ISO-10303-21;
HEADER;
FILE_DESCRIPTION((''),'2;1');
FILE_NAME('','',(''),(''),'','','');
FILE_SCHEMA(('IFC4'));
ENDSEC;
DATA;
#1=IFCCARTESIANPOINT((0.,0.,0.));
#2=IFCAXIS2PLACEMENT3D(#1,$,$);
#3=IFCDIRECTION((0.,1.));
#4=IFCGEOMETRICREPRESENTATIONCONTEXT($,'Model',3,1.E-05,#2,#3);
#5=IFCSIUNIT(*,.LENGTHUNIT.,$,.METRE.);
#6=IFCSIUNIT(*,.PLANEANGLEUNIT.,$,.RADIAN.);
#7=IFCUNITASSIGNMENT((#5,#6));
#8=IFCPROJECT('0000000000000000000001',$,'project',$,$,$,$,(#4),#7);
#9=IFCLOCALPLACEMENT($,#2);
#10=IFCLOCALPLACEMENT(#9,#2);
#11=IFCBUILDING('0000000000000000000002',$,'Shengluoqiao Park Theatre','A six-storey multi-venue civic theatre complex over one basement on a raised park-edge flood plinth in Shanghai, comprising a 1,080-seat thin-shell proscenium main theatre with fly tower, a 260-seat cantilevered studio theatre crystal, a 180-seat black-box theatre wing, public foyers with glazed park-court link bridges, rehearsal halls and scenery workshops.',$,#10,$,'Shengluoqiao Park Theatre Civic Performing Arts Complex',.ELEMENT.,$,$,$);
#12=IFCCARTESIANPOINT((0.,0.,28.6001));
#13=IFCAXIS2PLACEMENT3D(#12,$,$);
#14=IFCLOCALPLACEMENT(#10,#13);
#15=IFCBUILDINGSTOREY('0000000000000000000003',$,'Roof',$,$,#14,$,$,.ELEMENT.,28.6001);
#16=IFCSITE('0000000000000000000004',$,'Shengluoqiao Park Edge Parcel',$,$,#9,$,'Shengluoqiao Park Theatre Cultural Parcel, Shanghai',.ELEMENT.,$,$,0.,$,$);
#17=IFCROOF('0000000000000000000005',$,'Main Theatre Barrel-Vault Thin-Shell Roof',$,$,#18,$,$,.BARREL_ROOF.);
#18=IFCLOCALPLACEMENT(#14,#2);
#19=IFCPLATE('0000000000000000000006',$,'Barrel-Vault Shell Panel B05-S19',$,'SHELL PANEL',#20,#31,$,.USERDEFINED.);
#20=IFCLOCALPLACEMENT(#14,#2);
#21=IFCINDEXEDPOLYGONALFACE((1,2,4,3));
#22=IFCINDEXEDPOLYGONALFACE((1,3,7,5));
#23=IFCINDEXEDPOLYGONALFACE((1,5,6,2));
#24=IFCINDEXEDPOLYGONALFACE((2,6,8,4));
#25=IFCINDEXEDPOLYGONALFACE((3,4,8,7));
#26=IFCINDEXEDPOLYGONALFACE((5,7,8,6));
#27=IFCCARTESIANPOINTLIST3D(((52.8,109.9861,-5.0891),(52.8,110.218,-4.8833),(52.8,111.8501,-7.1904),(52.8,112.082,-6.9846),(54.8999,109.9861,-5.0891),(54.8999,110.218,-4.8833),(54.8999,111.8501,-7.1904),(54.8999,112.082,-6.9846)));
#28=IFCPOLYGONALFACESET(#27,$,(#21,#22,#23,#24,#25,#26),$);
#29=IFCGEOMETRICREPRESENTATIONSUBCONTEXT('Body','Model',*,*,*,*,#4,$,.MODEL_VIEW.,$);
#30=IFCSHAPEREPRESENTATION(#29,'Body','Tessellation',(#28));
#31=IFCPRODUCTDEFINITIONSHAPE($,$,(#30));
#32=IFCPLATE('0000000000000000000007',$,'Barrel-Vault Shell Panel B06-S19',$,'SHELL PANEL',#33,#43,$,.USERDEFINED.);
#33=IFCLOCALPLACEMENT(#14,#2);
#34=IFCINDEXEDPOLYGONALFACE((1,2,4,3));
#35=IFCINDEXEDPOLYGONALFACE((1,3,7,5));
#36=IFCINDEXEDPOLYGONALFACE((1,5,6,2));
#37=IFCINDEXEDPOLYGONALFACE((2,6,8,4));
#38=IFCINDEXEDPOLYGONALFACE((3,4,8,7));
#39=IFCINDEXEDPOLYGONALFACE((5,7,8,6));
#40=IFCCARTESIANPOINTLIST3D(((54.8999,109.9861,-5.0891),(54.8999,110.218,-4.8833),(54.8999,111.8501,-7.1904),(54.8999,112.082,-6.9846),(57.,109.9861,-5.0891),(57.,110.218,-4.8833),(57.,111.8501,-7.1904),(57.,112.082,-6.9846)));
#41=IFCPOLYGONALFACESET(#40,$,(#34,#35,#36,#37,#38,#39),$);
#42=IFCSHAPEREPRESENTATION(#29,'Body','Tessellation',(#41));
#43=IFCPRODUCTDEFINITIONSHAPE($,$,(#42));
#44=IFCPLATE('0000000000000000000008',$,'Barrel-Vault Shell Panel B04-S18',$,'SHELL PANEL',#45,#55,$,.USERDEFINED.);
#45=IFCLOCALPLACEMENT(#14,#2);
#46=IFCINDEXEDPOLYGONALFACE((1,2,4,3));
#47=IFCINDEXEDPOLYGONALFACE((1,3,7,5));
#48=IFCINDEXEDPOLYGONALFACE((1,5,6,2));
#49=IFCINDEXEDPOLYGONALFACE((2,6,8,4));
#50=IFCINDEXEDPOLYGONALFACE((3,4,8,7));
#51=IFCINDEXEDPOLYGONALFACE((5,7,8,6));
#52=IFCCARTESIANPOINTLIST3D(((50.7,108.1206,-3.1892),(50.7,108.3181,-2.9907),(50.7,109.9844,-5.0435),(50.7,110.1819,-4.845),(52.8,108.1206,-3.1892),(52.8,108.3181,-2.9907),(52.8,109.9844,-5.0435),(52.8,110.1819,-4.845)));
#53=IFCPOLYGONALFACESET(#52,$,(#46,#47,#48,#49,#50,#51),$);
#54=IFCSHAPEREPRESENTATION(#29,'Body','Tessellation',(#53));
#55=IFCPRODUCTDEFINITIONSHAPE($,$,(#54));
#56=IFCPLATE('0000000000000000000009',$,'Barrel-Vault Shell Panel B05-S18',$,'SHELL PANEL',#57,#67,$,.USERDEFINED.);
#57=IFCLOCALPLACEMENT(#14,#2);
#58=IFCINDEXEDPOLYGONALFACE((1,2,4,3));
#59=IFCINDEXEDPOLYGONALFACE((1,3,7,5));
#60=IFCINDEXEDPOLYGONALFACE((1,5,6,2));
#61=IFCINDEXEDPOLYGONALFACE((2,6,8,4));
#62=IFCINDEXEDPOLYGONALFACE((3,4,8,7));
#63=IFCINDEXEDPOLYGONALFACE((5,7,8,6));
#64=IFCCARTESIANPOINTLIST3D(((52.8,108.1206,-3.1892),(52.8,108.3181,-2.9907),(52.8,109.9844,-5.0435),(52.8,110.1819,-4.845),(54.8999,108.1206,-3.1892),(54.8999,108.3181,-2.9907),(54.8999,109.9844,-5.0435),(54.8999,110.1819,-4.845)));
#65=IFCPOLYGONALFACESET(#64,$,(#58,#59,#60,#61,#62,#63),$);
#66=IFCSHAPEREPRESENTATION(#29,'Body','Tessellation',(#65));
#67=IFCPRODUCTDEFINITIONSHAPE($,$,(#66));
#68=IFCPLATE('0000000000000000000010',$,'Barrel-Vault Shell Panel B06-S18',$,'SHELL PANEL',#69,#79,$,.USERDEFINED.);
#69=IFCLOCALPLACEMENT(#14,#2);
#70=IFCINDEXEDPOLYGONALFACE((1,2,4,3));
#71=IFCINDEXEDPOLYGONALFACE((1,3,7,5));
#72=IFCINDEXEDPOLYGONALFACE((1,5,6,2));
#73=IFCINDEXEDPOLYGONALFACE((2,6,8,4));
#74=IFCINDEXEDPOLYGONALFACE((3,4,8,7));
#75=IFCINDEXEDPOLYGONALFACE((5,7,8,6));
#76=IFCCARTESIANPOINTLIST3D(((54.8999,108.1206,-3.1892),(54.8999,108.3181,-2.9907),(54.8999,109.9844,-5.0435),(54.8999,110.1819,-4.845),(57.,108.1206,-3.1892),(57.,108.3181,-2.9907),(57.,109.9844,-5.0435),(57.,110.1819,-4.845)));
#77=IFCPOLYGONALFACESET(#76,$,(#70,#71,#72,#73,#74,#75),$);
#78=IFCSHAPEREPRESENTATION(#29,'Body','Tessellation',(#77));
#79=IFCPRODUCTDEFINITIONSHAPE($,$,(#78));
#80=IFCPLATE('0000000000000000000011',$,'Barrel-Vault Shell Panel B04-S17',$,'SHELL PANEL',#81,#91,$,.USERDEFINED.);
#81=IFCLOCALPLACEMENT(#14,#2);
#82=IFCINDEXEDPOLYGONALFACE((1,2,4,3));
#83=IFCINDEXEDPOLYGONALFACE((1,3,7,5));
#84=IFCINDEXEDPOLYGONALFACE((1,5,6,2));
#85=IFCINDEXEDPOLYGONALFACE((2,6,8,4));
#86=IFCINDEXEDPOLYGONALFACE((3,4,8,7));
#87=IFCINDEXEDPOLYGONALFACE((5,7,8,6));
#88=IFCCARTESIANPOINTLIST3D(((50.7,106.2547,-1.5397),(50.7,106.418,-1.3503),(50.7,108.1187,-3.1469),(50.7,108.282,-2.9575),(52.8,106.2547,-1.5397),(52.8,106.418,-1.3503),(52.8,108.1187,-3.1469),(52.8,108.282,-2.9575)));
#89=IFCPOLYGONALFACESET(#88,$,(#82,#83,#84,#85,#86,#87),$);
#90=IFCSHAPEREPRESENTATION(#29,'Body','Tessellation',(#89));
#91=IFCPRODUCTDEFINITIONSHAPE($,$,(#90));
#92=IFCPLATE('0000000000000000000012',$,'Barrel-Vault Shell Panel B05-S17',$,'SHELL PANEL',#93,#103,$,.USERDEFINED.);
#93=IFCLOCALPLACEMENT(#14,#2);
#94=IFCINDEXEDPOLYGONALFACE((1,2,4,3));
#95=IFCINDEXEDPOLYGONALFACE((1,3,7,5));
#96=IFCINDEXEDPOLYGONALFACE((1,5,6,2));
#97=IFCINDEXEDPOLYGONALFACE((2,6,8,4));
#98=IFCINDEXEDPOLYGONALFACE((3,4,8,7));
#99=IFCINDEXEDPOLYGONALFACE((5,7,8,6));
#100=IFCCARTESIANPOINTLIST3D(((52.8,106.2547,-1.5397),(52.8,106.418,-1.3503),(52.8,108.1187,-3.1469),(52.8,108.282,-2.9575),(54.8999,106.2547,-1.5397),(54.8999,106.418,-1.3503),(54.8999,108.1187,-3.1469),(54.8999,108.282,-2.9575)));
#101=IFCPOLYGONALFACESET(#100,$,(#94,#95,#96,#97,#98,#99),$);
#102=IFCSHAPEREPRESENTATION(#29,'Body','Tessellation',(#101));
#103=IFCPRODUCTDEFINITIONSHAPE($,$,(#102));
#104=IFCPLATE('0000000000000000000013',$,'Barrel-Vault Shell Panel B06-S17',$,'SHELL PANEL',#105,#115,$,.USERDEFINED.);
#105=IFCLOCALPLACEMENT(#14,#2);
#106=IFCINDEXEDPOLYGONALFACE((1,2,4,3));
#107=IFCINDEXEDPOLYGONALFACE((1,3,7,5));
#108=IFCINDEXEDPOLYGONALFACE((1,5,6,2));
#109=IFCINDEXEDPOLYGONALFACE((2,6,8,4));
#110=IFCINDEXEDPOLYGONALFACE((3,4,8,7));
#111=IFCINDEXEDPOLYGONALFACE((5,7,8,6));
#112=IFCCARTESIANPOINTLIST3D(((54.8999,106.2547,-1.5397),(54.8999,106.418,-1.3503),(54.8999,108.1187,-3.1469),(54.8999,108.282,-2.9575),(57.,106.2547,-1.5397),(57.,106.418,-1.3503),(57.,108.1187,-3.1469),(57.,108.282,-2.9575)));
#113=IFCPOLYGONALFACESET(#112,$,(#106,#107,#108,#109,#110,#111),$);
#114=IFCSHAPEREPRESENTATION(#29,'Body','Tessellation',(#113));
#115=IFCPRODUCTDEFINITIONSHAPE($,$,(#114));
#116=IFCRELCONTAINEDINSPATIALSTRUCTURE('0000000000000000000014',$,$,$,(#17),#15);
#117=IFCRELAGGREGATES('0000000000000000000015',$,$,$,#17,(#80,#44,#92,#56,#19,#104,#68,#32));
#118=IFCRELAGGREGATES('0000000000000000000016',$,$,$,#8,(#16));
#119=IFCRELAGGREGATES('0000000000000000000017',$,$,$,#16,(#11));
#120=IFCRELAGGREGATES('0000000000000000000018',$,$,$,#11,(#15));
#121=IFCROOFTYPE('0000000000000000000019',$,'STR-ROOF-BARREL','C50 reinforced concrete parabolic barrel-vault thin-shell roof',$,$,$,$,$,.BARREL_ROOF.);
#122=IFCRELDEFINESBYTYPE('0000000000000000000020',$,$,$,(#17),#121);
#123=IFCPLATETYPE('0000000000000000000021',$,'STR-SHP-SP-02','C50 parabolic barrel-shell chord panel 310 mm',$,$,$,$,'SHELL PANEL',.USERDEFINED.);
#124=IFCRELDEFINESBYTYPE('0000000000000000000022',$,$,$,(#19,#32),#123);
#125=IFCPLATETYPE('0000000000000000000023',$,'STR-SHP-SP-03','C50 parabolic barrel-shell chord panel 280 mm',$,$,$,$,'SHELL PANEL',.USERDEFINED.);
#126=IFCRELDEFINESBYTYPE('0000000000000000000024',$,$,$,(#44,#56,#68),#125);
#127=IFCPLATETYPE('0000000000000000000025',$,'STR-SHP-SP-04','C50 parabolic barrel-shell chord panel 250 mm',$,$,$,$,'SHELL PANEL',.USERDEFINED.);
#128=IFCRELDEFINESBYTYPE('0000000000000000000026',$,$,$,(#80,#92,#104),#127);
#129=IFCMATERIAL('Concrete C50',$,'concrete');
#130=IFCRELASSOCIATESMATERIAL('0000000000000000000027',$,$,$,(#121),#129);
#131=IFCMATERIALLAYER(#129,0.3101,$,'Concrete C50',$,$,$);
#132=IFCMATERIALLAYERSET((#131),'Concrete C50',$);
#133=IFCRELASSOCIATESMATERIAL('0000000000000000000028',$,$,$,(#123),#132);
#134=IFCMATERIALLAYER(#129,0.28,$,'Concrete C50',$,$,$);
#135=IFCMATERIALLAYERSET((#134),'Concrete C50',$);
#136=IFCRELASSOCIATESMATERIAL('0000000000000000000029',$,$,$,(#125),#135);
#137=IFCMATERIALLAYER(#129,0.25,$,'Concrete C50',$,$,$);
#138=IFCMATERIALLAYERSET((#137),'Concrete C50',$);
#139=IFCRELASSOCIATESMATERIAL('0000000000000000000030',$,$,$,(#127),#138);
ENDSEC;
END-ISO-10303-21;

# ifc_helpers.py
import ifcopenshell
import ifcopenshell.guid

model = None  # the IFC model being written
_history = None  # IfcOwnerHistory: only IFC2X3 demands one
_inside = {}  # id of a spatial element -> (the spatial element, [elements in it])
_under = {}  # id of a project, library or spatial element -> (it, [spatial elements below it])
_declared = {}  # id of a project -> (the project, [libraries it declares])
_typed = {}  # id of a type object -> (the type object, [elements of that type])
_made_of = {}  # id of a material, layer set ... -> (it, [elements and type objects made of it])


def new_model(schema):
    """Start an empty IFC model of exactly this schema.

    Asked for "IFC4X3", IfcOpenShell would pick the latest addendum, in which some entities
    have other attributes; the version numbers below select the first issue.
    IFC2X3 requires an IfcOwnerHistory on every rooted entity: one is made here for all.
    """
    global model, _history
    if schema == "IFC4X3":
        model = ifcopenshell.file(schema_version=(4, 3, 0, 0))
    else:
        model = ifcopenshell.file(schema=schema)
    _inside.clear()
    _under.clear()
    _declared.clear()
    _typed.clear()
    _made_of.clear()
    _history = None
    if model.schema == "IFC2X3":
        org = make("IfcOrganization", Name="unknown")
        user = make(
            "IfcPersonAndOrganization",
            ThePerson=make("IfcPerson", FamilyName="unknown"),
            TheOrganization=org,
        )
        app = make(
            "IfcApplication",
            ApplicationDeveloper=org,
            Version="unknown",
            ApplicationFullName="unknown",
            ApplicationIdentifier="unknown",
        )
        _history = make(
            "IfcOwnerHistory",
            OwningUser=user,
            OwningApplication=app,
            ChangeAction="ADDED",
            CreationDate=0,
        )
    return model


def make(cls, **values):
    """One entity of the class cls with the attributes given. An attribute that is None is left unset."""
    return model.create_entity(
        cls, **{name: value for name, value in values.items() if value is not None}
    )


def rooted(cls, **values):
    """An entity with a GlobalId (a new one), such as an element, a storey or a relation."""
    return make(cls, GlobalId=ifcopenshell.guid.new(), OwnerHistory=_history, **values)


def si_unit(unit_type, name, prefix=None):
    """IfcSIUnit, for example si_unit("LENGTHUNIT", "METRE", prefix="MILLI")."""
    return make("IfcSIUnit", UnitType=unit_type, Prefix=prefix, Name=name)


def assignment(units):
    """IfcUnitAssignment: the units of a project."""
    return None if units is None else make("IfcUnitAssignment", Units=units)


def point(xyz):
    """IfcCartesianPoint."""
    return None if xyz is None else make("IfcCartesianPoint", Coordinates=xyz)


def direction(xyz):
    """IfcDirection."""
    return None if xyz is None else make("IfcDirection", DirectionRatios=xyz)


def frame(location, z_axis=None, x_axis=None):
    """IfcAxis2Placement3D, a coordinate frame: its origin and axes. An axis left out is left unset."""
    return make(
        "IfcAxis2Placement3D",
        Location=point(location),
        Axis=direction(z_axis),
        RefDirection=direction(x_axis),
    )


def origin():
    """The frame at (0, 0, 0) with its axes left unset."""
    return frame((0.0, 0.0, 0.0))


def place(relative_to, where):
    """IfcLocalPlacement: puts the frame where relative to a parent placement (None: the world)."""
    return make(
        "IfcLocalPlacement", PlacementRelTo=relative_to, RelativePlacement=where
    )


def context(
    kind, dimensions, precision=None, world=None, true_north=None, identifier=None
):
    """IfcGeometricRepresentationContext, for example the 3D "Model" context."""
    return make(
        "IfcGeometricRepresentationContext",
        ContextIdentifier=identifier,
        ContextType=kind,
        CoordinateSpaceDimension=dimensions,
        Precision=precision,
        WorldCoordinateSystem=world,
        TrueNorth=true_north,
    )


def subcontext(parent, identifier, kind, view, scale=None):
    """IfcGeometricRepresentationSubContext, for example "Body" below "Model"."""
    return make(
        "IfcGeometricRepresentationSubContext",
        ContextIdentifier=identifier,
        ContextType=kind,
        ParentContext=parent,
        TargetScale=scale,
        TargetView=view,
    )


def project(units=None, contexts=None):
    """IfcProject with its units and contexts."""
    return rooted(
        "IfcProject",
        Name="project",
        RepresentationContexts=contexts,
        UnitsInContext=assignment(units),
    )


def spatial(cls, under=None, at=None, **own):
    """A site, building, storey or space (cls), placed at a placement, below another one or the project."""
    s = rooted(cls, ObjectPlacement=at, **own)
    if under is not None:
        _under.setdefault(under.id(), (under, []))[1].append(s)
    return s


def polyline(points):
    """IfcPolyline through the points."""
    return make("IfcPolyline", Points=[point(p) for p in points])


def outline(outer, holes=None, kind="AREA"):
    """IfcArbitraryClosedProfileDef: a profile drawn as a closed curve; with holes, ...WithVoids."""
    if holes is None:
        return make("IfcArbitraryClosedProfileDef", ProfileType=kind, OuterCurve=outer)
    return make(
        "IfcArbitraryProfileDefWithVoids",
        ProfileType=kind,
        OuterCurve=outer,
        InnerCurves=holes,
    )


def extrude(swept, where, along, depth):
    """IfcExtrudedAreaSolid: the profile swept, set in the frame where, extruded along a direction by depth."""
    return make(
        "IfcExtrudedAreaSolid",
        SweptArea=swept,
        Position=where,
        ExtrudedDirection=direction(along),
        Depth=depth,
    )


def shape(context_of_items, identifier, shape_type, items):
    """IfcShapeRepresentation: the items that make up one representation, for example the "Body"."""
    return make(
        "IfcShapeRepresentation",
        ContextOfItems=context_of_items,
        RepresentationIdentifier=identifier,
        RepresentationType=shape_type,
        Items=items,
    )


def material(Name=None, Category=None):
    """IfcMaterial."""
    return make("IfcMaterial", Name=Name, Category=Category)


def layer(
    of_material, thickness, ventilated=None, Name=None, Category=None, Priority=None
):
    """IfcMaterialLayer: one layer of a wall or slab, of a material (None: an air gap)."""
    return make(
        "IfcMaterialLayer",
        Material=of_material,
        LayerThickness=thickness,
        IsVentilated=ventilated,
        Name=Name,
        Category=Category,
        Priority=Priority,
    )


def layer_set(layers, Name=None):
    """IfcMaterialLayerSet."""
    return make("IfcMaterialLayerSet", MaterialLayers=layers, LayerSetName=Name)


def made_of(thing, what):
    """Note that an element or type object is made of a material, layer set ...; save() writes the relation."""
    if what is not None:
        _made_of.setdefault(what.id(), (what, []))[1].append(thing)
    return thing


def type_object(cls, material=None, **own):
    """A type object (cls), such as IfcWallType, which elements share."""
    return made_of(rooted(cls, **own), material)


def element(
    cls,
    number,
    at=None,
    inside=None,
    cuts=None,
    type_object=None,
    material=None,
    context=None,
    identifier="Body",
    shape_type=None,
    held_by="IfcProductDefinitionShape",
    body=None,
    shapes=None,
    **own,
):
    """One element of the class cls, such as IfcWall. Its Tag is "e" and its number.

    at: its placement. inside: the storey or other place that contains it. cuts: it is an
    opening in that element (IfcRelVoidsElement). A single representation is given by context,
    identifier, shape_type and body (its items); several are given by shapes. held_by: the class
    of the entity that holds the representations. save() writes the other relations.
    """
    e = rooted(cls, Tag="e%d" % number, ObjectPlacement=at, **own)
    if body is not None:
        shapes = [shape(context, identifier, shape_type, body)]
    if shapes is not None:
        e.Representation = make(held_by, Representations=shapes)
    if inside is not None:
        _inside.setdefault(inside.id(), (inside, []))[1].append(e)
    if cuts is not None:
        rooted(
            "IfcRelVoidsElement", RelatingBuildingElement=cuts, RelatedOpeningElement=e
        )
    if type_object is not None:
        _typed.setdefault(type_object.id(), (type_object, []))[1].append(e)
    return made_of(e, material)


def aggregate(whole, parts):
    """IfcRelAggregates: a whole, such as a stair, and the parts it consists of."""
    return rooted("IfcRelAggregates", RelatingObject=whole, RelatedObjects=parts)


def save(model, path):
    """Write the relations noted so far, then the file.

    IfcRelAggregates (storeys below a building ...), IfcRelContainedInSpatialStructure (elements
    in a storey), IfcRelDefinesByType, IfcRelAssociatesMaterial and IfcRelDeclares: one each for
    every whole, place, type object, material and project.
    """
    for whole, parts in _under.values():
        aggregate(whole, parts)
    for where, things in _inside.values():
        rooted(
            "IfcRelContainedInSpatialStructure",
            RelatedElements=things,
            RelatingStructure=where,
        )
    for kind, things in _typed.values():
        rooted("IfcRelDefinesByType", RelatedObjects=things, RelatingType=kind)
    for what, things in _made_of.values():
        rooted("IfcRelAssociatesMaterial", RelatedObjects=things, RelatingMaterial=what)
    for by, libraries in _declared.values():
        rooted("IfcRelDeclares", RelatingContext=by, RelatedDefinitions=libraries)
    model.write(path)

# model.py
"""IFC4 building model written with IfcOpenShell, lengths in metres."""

from ifc_helpers import new_model, si_unit, direction, frame, origin, place, context, subcontext, project, spatial, polyline, outline, extrude, material, layer, layer_set, type_object, element, aggregate, save


model = new_model("IFC4")

# Units and contexts
model_context = context("Model", 3, precision=1e-05, world=origin(), true_north=direction((0.0, 1.0)))
body_context = subcontext(model_context, "Body", "Model", "MODEL_VIEW")
ifc_project = project(units=[si_unit("LENGTHUNIT", "METRE"), si_unit("PLANEANGLEUNIT", "RADIAN")], contexts=[model_context])

# Site, building, storey
site_placement = place(None, origin())
site = spatial("IfcSite", under=ifc_project, at=site_placement, Name="Shengluoqiao Park Edge Parcel", LongName="Shengluoqiao Park Theatre Cultural Parcel, Shanghai", CompositionType="ELEMENT", RefElevation=0.0)
building_placement = place(site_placement, origin())
building = spatial("IfcBuilding", under=site, at=building_placement, Name="Shengluoqiao Park Theatre", Description="A six-storey multi-venue civic theatre complex over one basement on a raised park-edge flood plinth in Shanghai, comprising a 1,080-seat thin-shell proscenium main theatre with fly tower, a 260-seat cantilevered studio theatre crystal, a 180-seat black-box theatre wing, public foyers with glazed park-court link bridges, rehearsal halls and scenery workshops.", LongName="Shengluoqiao Park Theatre Civic Performing Arts Complex", CompositionType="ELEMENT")
storey_placement = place(building_placement, frame((0.0, 0.0, 28.6001)))
storey = spatial("IfcBuildingStorey", under=building, at=storey_placement, Name="Roof", CompositionType="ELEMENT", Elevation=28.6001)

# Shared definitions
ifc_material_1 = material(Name="Concrete C50", Category="concrete")

# Roof, plates
roof_type = type_object("IfcRoofType", Name="STR-ROOF-BARREL", Description="C50 reinforced concrete parabolic barrel-vault thin-shell roof", PredefinedType="BARREL_ROOF", material=ifc_material_1)
roof_placement = place(storey_placement, origin())
roof = element("IfcRoof", 1, at=roof_placement, inside=storey, type_object=roof_type, Name="Main Theatre Barrel-Vault Thin-Shell Roof", PredefinedType="BARREL_ROOF")
ifc_layer_1 = layer(ifc_material_1, 0.3101, Name="Concrete C50")
ifc_layer_set_1 = layer_set([ifc_layer_1], Name="Concrete C50")
plate_type_1 = type_object("IfcPlateType", Name="STR-SHP-SP-02", Description="C50 parabolic barrel-shell chord panel 310 mm", ElementType="SHELL PANEL", PredefinedType="USERDEFINED", material=ifc_layer_set_1)
plate_1_placement = place(storey_placement, frame((52.8, 110.218, -4.8833), z_axis=(0.0, 0.748085, 0.663603), x_axis=(1.0, 0.0, 0.0)))
plate_1 = element("IfcPlate", 2, at=plate_1_placement, type_object=plate_type_1, Name="Barrel-Vault Shell Panel B05-S19", ObjectType="SHELL PANEL", PredefinedType="USERDEFINED", context=body_context, shape_type="SweptSolid", body=[
    extrude(outline(polyline([(0.0, 0.0), (2.0999, 0.0), (2.0999, 2.8089), (0.0, 2.8089), (0.0, 0.0)])), origin(), (0.0, 0.0, -1.0), 0.3101),
])
plate_2_placement = place(storey_placement, frame((54.8999, 110.218, -4.8833), z_axis=(0.0, 0.748085, 0.663603), x_axis=(1.0, 0.0, 0.0)))
plate_2 = element("IfcPlate", 3, at=plate_2_placement, type_object=plate_type_1, Name="Barrel-Vault Shell Panel B06-S19", ObjectType="SHELL PANEL", PredefinedType="USERDEFINED", context=body_context, shape_type="SweptSolid", body=[
    extrude(outline(polyline([(0.0, 0.0), (2.1001, 0.0), (2.1001, 2.8089), (0.0, 2.8089), (0.0, 0.0)])), origin(), (0.0, 0.0, -1.0), 0.3101),
])
ifc_layer_2 = layer(ifc_material_1, 0.28, Name="Concrete C50")
ifc_layer_set_2 = layer_set([ifc_layer_2], Name="Concrete C50")
plate_type_2 = type_object("IfcPlateType", Name="STR-SHP-SP-03", Description="C50 parabolic barrel-shell chord panel 280 mm", ElementType="SHELL PANEL", PredefinedType="USERDEFINED", material=ifc_layer_set_2)
plate_3_placement = place(storey_placement, frame((50.7, 108.3181, -2.9907), z_axis=(0.0, 0.705294, 0.708915), x_axis=(1.0, 0.0, 0.0)))
plate_3 = element("IfcPlate", 4, at=plate_3_placement, type_object=plate_type_2, Name="Barrel-Vault Shell Panel B04-S18", ObjectType="SHELL PANEL", PredefinedType="USERDEFINED", context=body_context, shape_type="SweptSolid", body=[
    extrude(outline(polyline([(0.0, 0.0), (2.1001, 0.0), (2.1001, 2.629), (0.0, 2.629), (0.0, 0.0)])), origin(), (0.0, 0.0, -1.0), 0.28),
])
plate_4_placement = place(storey_placement, frame((52.8, 108.3181, -2.9907), z_axis=(0.0, 0.705294, 0.708915), x_axis=(1.0, 0.0, 0.0)))
plate_4 = element("IfcPlate", 5, at=plate_4_placement, type_object=plate_type_2, Name="Barrel-Vault Shell Panel B05-S18", ObjectType="SHELL PANEL", PredefinedType="USERDEFINED", context=body_context, shape_type="SweptSolid", body=[
    extrude(outline(polyline([(0.0, 0.0), (2.0999, 0.0), (2.0999, 2.629), (0.0, 2.629), (0.0, 0.0)])), origin(), (0.0, 0.0, -1.0), 0.28),
])
plate_5_placement = place(storey_placement, frame((54.8999, 108.3181, -2.9907), z_axis=(0.0, 0.705294, 0.708915), x_axis=(1.0, 0.0, 0.0)))
plate_5 = element("IfcPlate", 6, at=plate_5_placement, type_object=plate_type_2, Name="Barrel-Vault Shell Panel B06-S18", ObjectType="SHELL PANEL", PredefinedType="USERDEFINED", context=body_context, shape_type="SweptSolid", body=[
    extrude(outline(polyline([(0.0, 0.0), (2.1001, 0.0), (2.1001, 2.629), (0.0, 2.629), (0.0, 0.0)])), origin(), (0.0, 0.0, -1.0), 0.28),
])
ifc_layer_3 = layer(ifc_material_1, 0.25, Name="Concrete C50")
ifc_layer_set_3 = layer_set([ifc_layer_3], Name="Concrete C50")
plate_type_3 = type_object("IfcPlateType", Name="STR-SHP-SP-04", Description="C50 parabolic barrel-shell chord panel 250 mm", ElementType="SHELL PANEL", PredefinedType="USERDEFINED", material=ifc_layer_set_3)
plate_6_placement = place(storey_placement, frame((50.7, 106.418, -1.3503), z_axis=(0.0, 0.653002, 0.757356), x_axis=(1.0, 0.0, 0.0)))
plate_6 = element("IfcPlate", 7, at=plate_6_placement, type_object=plate_type_3, Name="Barrel-Vault Shell Panel B04-S17", ObjectType="SHELL PANEL", PredefinedType="USERDEFINED", context=body_context, shape_type="SweptSolid", body=[
    extrude(outline(polyline([(0.0, 0.0), (2.1001, 0.0), (2.1001, 2.4612), (0.0, 2.4612), (0.0, 0.0)])), origin(), (0.0, 0.0, -1.0), 0.25),
])
plate_7_placement = place(storey_placement, frame((52.8, 106.418, -1.3503), z_axis=(0.0, 0.653002, 0.757356), x_axis=(1.0, 0.0, 0.0)))
plate_7 = element("IfcPlate", 8, at=plate_7_placement, type_object=plate_type_3, Name="Barrel-Vault Shell Panel B05-S17", ObjectType="SHELL PANEL", PredefinedType="USERDEFINED", context=body_context, shape_type="SweptSolid", body=[
    extrude(outline(polyline([(0.0, 0.0), (2.0999, 0.0), (2.0999, 2.4612), (0.0, 2.4612), (0.0, 0.0)])), origin(), (0.0, 0.0, -1.0), 0.25),
])
plate_8_placement = place(storey_placement, frame((54.8999, 106.418, -1.3503), z_axis=(0.0, 0.653002, 0.757356), x_axis=(1.0, 0.0, 0.0)))
plate_8 = element("IfcPlate", 9, at=plate_8_placement, type_object=plate_type_3, Name="Barrel-Vault Shell Panel B06-S17", ObjectType="SHELL PANEL", PredefinedType="USERDEFINED", context=body_context, shape_type="SweptSolid", body=[
    extrude(outline(polyline([(0.0, 0.0), (2.1001, 0.0), (2.1001, 2.4612), (0.0, 2.4612), (0.0, 0.0)])), origin(), (0.0, 0.0, -1.0), 0.25),
])
aggregate(roof, [plate_6, plate_3, plate_7, plate_4, plate_1, plate_8, plate_5, plate_2])

save(model, "model.ifc")
